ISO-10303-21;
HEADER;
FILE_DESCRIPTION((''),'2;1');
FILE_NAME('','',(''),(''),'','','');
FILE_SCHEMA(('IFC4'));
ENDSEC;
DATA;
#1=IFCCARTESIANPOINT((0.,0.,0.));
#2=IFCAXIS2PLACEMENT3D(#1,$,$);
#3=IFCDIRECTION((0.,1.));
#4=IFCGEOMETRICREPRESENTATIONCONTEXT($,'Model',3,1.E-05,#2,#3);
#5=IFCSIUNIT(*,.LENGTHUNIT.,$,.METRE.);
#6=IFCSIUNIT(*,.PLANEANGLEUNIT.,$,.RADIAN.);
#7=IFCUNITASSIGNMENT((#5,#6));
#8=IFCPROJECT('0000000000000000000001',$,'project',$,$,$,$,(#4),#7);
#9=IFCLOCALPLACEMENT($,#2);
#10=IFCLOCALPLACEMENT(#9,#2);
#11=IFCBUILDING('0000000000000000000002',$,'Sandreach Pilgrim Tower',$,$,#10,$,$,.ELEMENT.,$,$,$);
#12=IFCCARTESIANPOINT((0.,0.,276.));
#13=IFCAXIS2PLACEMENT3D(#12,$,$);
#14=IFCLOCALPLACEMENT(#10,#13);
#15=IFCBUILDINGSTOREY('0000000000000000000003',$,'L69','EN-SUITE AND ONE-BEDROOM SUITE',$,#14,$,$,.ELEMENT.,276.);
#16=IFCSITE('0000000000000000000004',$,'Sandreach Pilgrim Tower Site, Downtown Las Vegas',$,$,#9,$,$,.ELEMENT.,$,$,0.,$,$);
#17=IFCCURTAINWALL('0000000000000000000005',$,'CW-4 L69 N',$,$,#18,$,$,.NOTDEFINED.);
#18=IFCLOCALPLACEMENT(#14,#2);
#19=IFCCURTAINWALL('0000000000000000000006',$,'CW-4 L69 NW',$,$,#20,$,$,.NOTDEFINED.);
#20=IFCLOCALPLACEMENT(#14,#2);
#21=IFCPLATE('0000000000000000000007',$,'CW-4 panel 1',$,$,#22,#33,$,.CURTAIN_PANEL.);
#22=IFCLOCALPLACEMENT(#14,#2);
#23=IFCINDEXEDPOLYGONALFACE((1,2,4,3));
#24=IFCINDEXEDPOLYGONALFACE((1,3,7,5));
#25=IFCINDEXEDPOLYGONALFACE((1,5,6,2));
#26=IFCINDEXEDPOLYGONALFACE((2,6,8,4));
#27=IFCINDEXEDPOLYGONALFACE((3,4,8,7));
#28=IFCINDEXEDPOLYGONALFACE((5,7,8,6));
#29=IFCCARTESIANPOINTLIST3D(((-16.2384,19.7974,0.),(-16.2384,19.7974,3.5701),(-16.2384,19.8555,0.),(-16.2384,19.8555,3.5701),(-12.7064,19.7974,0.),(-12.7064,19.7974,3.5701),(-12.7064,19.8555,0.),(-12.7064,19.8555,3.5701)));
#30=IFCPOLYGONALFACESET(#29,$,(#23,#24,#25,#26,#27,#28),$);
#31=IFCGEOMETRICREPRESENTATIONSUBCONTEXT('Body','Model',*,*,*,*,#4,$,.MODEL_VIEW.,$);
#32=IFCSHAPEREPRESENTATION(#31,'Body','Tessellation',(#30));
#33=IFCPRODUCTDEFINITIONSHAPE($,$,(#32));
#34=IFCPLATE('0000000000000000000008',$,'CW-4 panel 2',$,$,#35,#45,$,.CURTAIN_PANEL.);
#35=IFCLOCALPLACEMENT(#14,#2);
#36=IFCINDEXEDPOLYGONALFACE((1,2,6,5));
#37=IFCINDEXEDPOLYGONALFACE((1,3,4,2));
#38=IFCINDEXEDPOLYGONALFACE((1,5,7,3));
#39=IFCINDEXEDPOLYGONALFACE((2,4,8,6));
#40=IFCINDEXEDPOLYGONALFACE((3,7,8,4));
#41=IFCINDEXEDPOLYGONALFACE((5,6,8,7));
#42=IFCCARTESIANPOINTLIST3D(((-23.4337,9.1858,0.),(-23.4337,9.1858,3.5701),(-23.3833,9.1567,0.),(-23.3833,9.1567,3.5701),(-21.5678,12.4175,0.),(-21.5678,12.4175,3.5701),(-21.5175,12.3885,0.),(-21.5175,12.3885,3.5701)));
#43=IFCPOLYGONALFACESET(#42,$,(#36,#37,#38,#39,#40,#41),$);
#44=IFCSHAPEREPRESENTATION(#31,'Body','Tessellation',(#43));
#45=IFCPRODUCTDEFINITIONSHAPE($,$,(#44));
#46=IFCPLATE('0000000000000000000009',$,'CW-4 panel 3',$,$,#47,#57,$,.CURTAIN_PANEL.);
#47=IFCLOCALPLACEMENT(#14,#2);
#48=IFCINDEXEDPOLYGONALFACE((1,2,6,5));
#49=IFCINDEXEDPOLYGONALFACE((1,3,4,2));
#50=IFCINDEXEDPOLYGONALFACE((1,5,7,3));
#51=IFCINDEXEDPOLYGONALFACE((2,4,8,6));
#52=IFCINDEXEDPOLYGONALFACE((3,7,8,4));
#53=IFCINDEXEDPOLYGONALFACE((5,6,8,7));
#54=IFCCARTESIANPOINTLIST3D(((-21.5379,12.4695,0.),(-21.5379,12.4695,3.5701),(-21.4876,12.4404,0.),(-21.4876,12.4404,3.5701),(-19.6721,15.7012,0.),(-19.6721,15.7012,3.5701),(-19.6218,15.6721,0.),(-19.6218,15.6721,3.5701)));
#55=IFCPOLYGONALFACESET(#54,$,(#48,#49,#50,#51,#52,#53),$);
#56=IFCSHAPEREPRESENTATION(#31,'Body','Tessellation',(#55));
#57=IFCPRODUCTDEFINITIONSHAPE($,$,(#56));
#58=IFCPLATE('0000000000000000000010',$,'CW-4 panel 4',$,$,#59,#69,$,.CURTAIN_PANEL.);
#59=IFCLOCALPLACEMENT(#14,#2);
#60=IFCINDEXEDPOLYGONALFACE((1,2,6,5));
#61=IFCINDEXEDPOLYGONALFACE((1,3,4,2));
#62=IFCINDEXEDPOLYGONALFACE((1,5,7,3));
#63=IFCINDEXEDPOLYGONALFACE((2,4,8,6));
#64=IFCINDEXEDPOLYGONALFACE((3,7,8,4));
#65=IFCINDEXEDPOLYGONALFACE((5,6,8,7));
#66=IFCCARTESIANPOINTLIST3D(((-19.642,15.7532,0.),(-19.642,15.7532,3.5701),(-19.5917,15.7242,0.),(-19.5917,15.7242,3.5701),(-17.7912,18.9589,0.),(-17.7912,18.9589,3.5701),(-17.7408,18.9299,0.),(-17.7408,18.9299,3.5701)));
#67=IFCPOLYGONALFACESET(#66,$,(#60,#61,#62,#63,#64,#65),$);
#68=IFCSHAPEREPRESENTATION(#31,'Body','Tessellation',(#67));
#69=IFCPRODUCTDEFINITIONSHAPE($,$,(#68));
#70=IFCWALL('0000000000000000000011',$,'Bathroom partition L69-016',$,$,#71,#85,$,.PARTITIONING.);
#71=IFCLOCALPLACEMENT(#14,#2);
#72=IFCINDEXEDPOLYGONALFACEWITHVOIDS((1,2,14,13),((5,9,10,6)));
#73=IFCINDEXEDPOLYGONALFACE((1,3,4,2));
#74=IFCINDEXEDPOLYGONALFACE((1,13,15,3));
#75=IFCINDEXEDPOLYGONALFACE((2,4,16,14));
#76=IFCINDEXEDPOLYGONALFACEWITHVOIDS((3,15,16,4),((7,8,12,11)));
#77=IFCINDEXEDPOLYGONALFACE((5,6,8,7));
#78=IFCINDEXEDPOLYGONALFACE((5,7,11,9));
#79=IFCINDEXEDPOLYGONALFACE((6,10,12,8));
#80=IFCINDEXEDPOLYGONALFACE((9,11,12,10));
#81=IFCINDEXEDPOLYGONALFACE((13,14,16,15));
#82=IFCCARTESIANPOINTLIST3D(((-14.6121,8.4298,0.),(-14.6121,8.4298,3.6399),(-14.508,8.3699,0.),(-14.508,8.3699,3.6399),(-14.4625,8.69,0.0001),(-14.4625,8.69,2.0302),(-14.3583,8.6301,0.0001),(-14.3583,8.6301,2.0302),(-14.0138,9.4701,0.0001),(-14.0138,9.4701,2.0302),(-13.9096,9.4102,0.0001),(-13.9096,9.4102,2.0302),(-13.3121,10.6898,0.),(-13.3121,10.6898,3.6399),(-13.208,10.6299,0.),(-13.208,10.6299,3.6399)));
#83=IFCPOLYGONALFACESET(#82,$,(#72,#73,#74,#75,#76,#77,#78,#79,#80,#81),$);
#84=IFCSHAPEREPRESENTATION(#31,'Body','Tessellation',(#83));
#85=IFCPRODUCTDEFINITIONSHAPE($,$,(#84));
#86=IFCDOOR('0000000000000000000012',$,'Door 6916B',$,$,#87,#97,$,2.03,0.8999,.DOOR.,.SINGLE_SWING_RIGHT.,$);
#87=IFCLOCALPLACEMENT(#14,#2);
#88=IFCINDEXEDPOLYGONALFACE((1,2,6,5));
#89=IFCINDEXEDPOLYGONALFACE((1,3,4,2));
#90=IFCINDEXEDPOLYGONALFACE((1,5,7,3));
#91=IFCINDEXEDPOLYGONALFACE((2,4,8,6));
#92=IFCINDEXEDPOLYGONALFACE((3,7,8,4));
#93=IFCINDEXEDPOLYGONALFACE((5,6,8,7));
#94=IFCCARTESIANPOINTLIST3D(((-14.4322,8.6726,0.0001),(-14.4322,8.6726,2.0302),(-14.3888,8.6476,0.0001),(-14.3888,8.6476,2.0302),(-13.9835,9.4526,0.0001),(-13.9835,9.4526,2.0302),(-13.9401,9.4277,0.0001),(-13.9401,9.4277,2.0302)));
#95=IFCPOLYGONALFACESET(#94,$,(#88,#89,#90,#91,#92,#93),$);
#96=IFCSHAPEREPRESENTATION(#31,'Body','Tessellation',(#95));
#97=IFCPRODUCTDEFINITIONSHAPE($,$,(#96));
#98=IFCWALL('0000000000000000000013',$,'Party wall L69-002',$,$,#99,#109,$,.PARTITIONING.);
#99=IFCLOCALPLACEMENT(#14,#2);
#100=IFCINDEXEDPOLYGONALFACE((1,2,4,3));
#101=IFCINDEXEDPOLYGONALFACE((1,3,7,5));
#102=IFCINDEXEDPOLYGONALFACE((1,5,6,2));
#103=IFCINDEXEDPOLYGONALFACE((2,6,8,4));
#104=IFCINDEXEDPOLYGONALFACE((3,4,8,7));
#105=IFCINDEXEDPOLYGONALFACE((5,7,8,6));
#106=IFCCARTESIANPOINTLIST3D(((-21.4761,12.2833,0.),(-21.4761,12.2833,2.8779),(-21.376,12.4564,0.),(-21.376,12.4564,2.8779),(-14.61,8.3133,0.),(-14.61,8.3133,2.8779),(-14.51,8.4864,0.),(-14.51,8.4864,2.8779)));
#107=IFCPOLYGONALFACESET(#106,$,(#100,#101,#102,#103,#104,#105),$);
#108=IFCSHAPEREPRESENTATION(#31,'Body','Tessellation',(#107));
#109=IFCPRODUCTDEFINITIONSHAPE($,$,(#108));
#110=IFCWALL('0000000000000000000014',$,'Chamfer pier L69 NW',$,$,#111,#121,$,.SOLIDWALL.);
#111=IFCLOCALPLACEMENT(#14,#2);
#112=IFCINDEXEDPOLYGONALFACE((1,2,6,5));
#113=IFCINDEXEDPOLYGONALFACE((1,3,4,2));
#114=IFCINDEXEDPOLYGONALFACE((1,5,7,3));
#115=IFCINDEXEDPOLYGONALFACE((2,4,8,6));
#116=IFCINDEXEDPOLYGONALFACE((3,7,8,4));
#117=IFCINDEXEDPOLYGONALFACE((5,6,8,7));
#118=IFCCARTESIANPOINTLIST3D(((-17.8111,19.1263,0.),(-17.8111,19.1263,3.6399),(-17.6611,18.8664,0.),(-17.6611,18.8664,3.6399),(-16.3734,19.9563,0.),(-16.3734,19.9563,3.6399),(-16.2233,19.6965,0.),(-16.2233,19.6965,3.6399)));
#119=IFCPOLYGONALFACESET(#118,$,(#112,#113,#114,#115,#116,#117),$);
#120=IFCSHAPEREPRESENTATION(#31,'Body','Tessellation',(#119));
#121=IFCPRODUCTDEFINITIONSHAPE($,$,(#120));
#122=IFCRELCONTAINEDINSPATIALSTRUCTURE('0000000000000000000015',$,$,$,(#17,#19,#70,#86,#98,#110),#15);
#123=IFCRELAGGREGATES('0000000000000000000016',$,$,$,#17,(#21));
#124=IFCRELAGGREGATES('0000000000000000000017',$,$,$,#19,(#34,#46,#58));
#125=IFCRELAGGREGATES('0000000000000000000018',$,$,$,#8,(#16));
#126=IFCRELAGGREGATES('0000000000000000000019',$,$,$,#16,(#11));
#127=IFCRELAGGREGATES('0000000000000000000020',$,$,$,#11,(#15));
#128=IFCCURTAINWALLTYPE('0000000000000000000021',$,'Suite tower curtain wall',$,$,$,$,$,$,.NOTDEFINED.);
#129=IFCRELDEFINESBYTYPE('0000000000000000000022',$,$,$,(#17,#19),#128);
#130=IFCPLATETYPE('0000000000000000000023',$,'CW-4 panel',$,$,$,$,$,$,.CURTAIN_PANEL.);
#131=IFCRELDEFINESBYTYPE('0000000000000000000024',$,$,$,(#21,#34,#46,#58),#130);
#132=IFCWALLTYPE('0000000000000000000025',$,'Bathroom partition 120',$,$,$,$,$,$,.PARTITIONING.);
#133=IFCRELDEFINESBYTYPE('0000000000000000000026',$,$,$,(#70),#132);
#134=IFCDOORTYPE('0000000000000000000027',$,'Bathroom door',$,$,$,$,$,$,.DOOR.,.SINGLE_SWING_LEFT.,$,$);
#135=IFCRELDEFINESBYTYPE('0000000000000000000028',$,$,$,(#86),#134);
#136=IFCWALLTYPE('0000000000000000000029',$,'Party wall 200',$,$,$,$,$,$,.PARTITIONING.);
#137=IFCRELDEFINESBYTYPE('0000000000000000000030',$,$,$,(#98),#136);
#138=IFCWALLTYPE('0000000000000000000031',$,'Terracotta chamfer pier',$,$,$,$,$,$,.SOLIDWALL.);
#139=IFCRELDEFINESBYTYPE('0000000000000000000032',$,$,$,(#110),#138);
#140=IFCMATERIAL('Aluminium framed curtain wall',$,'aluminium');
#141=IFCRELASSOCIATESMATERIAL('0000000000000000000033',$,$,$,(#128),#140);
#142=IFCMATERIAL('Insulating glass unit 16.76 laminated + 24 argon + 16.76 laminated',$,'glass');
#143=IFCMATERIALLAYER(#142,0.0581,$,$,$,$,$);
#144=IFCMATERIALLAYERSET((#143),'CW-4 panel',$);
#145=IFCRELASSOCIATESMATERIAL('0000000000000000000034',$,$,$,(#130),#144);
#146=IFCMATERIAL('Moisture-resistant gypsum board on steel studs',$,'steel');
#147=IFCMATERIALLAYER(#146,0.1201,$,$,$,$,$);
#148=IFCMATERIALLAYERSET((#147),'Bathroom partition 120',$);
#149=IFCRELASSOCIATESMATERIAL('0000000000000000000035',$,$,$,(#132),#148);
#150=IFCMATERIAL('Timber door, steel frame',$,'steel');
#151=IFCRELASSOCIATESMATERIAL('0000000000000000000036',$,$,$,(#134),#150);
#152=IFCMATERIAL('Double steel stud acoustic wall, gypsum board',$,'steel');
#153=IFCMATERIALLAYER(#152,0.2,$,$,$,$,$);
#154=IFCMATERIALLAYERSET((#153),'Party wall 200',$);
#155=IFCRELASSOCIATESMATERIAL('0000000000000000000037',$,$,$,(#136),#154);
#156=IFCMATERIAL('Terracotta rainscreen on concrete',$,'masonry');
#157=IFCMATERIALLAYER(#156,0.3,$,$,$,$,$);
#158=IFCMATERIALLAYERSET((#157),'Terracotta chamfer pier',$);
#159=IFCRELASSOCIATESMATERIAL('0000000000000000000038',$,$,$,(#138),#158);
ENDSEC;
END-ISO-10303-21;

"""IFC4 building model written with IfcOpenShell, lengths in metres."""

from ifc_helpers import new_model, si_unit, direction, frame, frame_2d, origin, origin_2d, place, context, subcontext, project, spatial, rectangle, extrude, material, layer, layer_set, type_object, element, fill, aggregate, save


model = new_model("IFC4")

# Units and contexts
model_context = context("Model", 3, precision=1e-05, world=origin(), true_north=direction((0.0, 1.0)))
body_context = subcontext(model_context, "Body", "Model", "MODEL_VIEW")
ifc_project = project(units=[si_unit("LENGTHUNIT", "METRE"), si_unit("PLANEANGLEUNIT", "RADIAN")], contexts=[model_context])

# Site, building, storey
site_placement = place(None, origin())
site = spatial("IfcSite", under=ifc_project, at=site_placement, Name="Sandreach Pilgrim Tower Site, Downtown Las Vegas", CompositionType="ELEMENT", RefElevation=0.0)
building_placement = place(site_placement, origin())
building = spatial("IfcBuilding", under=site, at=building_placement, Name="Sandreach Pilgrim Tower", CompositionType="ELEMENT")
storey_placement = place(building_placement, frame((0.0, 0.0, 276.0)))
storey = spatial("IfcBuildingStorey", under=building, at=storey_placement, Name="L69", Description="EN-SUITE AND ONE-BEDROOM SUITE", CompositionType="ELEMENT", Elevation=276.0)

# Curtain walls
ifc_material_1 = material(Name="Aluminium framed curtain wall", Category="aluminium")
curtain_wall_type = type_object("IfcCurtainWallType", Name="Suite tower curtain wall", PredefinedType="NOTDEFINED", material=ifc_material_1)
curtain_wall_1_placement = place(storey_placement, origin())
curtain_wall_1 = element("IfcCurtainWall", 1, at=curtain_wall_1_placement, inside=storey, type_object=curtain_wall_type, Name="CW-4 L69 N", PredefinedType="NOTDEFINED")
curtain_wall_2_placement = place(storey_placement, origin())
curtain_wall_2 = element("IfcCurtainWall", 2, at=curtain_wall_2_placement, inside=storey, type_object=curtain_wall_type, Name="CW-4 L69 NW", PredefinedType="NOTDEFINED")

# Plates
ifc_material_2 = material(Name="Insulating glass unit 16.76 laminated + 24 argon + 16.76 laminated", Category="glass")
ifc_layer_1 = layer(ifc_material_2, 0.0581)
ifc_layer_set_1 = layer_set([ifc_layer_1], Name="CW-4 panel")
plate_type = type_object("IfcPlateType", Name="CW-4 panel", PredefinedType="CURTAIN_PANEL", material=ifc_layer_set_1)
plate_1_placement = place(storey_placement, frame((-14.4724, 19.8264, 0.0), z_axis=(0.0, 0.0, 1.0), x_axis=(1.0, 0.0, 0.0)))
plate_1 = element("IfcPlate", 3, at=plate_1_placement, type_object=plate_type, Name="CW-4 panel 1", PredefinedType="CURTAIN_PANEL", context=body_context, shape_type="SweptSolid", body=[
    extrude(rectangle(XDim=3.532, YDim=0.0581, at=origin_2d()), origin(), (0.0, 0.0, 1.0), 3.5701),
])
aggregate(curtain_wall_1, [plate_1])
plate_2_placement = place(storey_placement, frame((-22.4756, 10.7871, 0.0), z_axis=(0.0, 0.0, 1.0), x_axis=(0.5, 0.866025, 0.0)))
plate_2 = element("IfcPlate", 4, at=plate_2_placement, type_object=plate_type, Name="CW-4 panel 2", PredefinedType="CURTAIN_PANEL", context=body_context, shape_type="SweptSolid", body=[
    extrude(rectangle(XDim=3.7317, YDim=0.0581, at=origin_2d()), origin(), (0.0, 0.0, 1.0), 3.5701),
])
plate_3_placement = place(storey_placement, frame((-20.5798, 14.0708, 0.0), z_axis=(0.0, 0.0, 1.0), x_axis=(0.5, 0.866025, 0.0)))
plate_3 = element("IfcPlate", 5, at=plate_3_placement, type_object=plate_type, Name="CW-4 panel 3", PredefinedType="CURTAIN_PANEL", context=body_context, shape_type="SweptSolid", body=[
    extrude(rectangle(XDim=3.7317, YDim=0.0581, at=origin_2d()), origin(), (0.0, 0.0, 1.0), 3.5701),
])
plate_4_placement = place(storey_placement, frame((-18.6914, 17.3416, 0.0), z_axis=(0.0, 0.0, 1.0), x_axis=(0.5, 0.866025, 0.0)))
plate_4 = element("IfcPlate", 6, at=plate_4_placement, type_object=plate_type, Name="CW-4 panel 4", PredefinedType="CURTAIN_PANEL", context=body_context, shape_type="SweptSolid", body=[
    extrude(rectangle(XDim=3.7017, YDim=0.0581, at=origin_2d()), origin(), (0.0, 0.0, 1.0), 3.5701),
])
aggregate(curtain_wall_2, [plate_2, plate_3, plate_4])

# Wall, opening, door
ifc_material_3 = material(Name="Moisture-resistant gypsum board on steel studs", Category="steel")
ifc_layer_2 = layer(ifc_material_3, 0.1201)
ifc_layer_set_2 = layer_set([ifc_layer_2], Name="Bathroom partition 120")
wall_type_1 = type_object("IfcWallType", Name="Bathroom partition 120", PredefinedType="PARTITIONING", material=ifc_layer_set_2)
wall_1_placement = place(storey_placement, frame((-13.26, 10.6599, 0.0), z_axis=(0.0, 0.0, 1.0), x_axis=(-0.498628, -0.866816, 0.0)))
wall_1 = element("IfcWall", 7, at=wall_1_placement, inside=storey, type_object=wall_type_1, Name="Bathroom partition L69-016", PredefinedType="PARTITIONING", context=body_context, shape_type="SweptSolid", body=[
    extrude(rectangle(XDim=2.6072, YDim=0.1201, at=frame_2d((1.3037, 0.0))), origin(), (0.0, 0.0, 1.0), 3.6399),
])
opening_placement = place(wall_1_placement, frame((1.4072, 0.0, 0.0)))
opening = element("IfcOpeningElement", 8, at=opening_placement, cuts=wall_1, PredefinedType="OPENING", context=body_context, shape_type="SweptSolid", body=[
    extrude(rectangle(XDim=0.8999, YDim=2.03, at=frame_2d((0.45, 1.0151))), frame((0.0, 0.0601, 0.0), z_axis=(0.0, -1.0, 0.0), x_axis=(1.0, 0.0, 0.0)), (0.0, 0.0, 1.0), 0.1201),
])
ifc_material_4 = material(Name="Timber door, steel frame", Category="steel")
door_type = type_object("IfcDoorType", Name="Bathroom door", OperationType="SINGLE_SWING_LEFT", PredefinedType="DOOR", material=ifc_material_4)
door_placement = place(opening_placement, origin())
door = element("IfcDoor", 9, at=door_placement, inside=storey, type_object=door_type, Name="Door 6916B", OperationType="SINGLE_SWING_RIGHT", OverallHeight=2.03, OverallWidth=0.8999, PredefinedType="DOOR", context=body_context, shape_type="SweptSolid", body=[
    extrude(rectangle(XDim=0.8999, YDim=2.03, at=frame_2d((0.45, 1.0151))), frame((0.0, 0.0249, 0.0), z_axis=(0.0, -1.0, 0.0), x_axis=(1.0, 0.0, 0.0)), (0.0, 0.0, 1.0), 0.05),
])
fill(opening, door)

# Walls
ifc_material_5 = material(Name="Double steel stud acoustic wall, gypsum board", Category="steel")
ifc_layer_3 = layer(ifc_material_5, 0.2)
ifc_layer_set_3 = layer_set([ifc_layer_3], Name="Party wall 200")
wall_type_2 = type_object("IfcWallType", Name="Party wall 200", PredefinedType="PARTITIONING", material=ifc_layer_set_3)
wall_2_placement = place(storey_placement, frame((-21.426, 12.3699, 0.0), z_axis=(0.0, 0.0, 1.0), x_axis=(0.865703, -0.500558, 0.0)))
element("IfcWall", 10, at=wall_2_placement, inside=storey, type_object=wall_type_2, Name="Party wall L69-002", PredefinedType="PARTITIONING", context=body_context, shape_type="SweptSolid", body=[
    extrude(rectangle(XDim=7.9312, YDim=0.2, at=frame_2d((3.9656, 0.0))), origin(), (0.0, 0.0, 1.0), 2.8779),
])
ifc_material_6 = material(Name="Terracotta rainscreen on concrete", Category="masonry")
ifc_layer_4 = layer(ifc_material_6, 0.3)
ifc_layer_set_4 = layer_set([ifc_layer_4], Name="Terracotta chamfer pier")
wall_type_3 = type_object("IfcWallType", Name="Terracotta chamfer pier", PredefinedType="SOLIDWALL", material=ifc_layer_set_4)
wall_3_placement = place(storey_placement, frame((-17.7361, 18.9963, 0.0), z_axis=(0.0, 0.0, 1.0), x_axis=(0.866026, 0.499998, 0.0)))
element("IfcWall", 11, at=wall_3_placement, inside=storey, type_object=wall_type_3, Name="Chamfer pier L69 NW", PredefinedType="SOLIDWALL", context=body_context, shape_type="SweptSolid", body=[
    extrude(rectangle(XDim=1.6602, YDim=0.3, at=frame_2d((0.8301, 0.0))), origin(), (0.0, 0.0, 1.0), 3.6399),
])

save(model, "model.ifc")
